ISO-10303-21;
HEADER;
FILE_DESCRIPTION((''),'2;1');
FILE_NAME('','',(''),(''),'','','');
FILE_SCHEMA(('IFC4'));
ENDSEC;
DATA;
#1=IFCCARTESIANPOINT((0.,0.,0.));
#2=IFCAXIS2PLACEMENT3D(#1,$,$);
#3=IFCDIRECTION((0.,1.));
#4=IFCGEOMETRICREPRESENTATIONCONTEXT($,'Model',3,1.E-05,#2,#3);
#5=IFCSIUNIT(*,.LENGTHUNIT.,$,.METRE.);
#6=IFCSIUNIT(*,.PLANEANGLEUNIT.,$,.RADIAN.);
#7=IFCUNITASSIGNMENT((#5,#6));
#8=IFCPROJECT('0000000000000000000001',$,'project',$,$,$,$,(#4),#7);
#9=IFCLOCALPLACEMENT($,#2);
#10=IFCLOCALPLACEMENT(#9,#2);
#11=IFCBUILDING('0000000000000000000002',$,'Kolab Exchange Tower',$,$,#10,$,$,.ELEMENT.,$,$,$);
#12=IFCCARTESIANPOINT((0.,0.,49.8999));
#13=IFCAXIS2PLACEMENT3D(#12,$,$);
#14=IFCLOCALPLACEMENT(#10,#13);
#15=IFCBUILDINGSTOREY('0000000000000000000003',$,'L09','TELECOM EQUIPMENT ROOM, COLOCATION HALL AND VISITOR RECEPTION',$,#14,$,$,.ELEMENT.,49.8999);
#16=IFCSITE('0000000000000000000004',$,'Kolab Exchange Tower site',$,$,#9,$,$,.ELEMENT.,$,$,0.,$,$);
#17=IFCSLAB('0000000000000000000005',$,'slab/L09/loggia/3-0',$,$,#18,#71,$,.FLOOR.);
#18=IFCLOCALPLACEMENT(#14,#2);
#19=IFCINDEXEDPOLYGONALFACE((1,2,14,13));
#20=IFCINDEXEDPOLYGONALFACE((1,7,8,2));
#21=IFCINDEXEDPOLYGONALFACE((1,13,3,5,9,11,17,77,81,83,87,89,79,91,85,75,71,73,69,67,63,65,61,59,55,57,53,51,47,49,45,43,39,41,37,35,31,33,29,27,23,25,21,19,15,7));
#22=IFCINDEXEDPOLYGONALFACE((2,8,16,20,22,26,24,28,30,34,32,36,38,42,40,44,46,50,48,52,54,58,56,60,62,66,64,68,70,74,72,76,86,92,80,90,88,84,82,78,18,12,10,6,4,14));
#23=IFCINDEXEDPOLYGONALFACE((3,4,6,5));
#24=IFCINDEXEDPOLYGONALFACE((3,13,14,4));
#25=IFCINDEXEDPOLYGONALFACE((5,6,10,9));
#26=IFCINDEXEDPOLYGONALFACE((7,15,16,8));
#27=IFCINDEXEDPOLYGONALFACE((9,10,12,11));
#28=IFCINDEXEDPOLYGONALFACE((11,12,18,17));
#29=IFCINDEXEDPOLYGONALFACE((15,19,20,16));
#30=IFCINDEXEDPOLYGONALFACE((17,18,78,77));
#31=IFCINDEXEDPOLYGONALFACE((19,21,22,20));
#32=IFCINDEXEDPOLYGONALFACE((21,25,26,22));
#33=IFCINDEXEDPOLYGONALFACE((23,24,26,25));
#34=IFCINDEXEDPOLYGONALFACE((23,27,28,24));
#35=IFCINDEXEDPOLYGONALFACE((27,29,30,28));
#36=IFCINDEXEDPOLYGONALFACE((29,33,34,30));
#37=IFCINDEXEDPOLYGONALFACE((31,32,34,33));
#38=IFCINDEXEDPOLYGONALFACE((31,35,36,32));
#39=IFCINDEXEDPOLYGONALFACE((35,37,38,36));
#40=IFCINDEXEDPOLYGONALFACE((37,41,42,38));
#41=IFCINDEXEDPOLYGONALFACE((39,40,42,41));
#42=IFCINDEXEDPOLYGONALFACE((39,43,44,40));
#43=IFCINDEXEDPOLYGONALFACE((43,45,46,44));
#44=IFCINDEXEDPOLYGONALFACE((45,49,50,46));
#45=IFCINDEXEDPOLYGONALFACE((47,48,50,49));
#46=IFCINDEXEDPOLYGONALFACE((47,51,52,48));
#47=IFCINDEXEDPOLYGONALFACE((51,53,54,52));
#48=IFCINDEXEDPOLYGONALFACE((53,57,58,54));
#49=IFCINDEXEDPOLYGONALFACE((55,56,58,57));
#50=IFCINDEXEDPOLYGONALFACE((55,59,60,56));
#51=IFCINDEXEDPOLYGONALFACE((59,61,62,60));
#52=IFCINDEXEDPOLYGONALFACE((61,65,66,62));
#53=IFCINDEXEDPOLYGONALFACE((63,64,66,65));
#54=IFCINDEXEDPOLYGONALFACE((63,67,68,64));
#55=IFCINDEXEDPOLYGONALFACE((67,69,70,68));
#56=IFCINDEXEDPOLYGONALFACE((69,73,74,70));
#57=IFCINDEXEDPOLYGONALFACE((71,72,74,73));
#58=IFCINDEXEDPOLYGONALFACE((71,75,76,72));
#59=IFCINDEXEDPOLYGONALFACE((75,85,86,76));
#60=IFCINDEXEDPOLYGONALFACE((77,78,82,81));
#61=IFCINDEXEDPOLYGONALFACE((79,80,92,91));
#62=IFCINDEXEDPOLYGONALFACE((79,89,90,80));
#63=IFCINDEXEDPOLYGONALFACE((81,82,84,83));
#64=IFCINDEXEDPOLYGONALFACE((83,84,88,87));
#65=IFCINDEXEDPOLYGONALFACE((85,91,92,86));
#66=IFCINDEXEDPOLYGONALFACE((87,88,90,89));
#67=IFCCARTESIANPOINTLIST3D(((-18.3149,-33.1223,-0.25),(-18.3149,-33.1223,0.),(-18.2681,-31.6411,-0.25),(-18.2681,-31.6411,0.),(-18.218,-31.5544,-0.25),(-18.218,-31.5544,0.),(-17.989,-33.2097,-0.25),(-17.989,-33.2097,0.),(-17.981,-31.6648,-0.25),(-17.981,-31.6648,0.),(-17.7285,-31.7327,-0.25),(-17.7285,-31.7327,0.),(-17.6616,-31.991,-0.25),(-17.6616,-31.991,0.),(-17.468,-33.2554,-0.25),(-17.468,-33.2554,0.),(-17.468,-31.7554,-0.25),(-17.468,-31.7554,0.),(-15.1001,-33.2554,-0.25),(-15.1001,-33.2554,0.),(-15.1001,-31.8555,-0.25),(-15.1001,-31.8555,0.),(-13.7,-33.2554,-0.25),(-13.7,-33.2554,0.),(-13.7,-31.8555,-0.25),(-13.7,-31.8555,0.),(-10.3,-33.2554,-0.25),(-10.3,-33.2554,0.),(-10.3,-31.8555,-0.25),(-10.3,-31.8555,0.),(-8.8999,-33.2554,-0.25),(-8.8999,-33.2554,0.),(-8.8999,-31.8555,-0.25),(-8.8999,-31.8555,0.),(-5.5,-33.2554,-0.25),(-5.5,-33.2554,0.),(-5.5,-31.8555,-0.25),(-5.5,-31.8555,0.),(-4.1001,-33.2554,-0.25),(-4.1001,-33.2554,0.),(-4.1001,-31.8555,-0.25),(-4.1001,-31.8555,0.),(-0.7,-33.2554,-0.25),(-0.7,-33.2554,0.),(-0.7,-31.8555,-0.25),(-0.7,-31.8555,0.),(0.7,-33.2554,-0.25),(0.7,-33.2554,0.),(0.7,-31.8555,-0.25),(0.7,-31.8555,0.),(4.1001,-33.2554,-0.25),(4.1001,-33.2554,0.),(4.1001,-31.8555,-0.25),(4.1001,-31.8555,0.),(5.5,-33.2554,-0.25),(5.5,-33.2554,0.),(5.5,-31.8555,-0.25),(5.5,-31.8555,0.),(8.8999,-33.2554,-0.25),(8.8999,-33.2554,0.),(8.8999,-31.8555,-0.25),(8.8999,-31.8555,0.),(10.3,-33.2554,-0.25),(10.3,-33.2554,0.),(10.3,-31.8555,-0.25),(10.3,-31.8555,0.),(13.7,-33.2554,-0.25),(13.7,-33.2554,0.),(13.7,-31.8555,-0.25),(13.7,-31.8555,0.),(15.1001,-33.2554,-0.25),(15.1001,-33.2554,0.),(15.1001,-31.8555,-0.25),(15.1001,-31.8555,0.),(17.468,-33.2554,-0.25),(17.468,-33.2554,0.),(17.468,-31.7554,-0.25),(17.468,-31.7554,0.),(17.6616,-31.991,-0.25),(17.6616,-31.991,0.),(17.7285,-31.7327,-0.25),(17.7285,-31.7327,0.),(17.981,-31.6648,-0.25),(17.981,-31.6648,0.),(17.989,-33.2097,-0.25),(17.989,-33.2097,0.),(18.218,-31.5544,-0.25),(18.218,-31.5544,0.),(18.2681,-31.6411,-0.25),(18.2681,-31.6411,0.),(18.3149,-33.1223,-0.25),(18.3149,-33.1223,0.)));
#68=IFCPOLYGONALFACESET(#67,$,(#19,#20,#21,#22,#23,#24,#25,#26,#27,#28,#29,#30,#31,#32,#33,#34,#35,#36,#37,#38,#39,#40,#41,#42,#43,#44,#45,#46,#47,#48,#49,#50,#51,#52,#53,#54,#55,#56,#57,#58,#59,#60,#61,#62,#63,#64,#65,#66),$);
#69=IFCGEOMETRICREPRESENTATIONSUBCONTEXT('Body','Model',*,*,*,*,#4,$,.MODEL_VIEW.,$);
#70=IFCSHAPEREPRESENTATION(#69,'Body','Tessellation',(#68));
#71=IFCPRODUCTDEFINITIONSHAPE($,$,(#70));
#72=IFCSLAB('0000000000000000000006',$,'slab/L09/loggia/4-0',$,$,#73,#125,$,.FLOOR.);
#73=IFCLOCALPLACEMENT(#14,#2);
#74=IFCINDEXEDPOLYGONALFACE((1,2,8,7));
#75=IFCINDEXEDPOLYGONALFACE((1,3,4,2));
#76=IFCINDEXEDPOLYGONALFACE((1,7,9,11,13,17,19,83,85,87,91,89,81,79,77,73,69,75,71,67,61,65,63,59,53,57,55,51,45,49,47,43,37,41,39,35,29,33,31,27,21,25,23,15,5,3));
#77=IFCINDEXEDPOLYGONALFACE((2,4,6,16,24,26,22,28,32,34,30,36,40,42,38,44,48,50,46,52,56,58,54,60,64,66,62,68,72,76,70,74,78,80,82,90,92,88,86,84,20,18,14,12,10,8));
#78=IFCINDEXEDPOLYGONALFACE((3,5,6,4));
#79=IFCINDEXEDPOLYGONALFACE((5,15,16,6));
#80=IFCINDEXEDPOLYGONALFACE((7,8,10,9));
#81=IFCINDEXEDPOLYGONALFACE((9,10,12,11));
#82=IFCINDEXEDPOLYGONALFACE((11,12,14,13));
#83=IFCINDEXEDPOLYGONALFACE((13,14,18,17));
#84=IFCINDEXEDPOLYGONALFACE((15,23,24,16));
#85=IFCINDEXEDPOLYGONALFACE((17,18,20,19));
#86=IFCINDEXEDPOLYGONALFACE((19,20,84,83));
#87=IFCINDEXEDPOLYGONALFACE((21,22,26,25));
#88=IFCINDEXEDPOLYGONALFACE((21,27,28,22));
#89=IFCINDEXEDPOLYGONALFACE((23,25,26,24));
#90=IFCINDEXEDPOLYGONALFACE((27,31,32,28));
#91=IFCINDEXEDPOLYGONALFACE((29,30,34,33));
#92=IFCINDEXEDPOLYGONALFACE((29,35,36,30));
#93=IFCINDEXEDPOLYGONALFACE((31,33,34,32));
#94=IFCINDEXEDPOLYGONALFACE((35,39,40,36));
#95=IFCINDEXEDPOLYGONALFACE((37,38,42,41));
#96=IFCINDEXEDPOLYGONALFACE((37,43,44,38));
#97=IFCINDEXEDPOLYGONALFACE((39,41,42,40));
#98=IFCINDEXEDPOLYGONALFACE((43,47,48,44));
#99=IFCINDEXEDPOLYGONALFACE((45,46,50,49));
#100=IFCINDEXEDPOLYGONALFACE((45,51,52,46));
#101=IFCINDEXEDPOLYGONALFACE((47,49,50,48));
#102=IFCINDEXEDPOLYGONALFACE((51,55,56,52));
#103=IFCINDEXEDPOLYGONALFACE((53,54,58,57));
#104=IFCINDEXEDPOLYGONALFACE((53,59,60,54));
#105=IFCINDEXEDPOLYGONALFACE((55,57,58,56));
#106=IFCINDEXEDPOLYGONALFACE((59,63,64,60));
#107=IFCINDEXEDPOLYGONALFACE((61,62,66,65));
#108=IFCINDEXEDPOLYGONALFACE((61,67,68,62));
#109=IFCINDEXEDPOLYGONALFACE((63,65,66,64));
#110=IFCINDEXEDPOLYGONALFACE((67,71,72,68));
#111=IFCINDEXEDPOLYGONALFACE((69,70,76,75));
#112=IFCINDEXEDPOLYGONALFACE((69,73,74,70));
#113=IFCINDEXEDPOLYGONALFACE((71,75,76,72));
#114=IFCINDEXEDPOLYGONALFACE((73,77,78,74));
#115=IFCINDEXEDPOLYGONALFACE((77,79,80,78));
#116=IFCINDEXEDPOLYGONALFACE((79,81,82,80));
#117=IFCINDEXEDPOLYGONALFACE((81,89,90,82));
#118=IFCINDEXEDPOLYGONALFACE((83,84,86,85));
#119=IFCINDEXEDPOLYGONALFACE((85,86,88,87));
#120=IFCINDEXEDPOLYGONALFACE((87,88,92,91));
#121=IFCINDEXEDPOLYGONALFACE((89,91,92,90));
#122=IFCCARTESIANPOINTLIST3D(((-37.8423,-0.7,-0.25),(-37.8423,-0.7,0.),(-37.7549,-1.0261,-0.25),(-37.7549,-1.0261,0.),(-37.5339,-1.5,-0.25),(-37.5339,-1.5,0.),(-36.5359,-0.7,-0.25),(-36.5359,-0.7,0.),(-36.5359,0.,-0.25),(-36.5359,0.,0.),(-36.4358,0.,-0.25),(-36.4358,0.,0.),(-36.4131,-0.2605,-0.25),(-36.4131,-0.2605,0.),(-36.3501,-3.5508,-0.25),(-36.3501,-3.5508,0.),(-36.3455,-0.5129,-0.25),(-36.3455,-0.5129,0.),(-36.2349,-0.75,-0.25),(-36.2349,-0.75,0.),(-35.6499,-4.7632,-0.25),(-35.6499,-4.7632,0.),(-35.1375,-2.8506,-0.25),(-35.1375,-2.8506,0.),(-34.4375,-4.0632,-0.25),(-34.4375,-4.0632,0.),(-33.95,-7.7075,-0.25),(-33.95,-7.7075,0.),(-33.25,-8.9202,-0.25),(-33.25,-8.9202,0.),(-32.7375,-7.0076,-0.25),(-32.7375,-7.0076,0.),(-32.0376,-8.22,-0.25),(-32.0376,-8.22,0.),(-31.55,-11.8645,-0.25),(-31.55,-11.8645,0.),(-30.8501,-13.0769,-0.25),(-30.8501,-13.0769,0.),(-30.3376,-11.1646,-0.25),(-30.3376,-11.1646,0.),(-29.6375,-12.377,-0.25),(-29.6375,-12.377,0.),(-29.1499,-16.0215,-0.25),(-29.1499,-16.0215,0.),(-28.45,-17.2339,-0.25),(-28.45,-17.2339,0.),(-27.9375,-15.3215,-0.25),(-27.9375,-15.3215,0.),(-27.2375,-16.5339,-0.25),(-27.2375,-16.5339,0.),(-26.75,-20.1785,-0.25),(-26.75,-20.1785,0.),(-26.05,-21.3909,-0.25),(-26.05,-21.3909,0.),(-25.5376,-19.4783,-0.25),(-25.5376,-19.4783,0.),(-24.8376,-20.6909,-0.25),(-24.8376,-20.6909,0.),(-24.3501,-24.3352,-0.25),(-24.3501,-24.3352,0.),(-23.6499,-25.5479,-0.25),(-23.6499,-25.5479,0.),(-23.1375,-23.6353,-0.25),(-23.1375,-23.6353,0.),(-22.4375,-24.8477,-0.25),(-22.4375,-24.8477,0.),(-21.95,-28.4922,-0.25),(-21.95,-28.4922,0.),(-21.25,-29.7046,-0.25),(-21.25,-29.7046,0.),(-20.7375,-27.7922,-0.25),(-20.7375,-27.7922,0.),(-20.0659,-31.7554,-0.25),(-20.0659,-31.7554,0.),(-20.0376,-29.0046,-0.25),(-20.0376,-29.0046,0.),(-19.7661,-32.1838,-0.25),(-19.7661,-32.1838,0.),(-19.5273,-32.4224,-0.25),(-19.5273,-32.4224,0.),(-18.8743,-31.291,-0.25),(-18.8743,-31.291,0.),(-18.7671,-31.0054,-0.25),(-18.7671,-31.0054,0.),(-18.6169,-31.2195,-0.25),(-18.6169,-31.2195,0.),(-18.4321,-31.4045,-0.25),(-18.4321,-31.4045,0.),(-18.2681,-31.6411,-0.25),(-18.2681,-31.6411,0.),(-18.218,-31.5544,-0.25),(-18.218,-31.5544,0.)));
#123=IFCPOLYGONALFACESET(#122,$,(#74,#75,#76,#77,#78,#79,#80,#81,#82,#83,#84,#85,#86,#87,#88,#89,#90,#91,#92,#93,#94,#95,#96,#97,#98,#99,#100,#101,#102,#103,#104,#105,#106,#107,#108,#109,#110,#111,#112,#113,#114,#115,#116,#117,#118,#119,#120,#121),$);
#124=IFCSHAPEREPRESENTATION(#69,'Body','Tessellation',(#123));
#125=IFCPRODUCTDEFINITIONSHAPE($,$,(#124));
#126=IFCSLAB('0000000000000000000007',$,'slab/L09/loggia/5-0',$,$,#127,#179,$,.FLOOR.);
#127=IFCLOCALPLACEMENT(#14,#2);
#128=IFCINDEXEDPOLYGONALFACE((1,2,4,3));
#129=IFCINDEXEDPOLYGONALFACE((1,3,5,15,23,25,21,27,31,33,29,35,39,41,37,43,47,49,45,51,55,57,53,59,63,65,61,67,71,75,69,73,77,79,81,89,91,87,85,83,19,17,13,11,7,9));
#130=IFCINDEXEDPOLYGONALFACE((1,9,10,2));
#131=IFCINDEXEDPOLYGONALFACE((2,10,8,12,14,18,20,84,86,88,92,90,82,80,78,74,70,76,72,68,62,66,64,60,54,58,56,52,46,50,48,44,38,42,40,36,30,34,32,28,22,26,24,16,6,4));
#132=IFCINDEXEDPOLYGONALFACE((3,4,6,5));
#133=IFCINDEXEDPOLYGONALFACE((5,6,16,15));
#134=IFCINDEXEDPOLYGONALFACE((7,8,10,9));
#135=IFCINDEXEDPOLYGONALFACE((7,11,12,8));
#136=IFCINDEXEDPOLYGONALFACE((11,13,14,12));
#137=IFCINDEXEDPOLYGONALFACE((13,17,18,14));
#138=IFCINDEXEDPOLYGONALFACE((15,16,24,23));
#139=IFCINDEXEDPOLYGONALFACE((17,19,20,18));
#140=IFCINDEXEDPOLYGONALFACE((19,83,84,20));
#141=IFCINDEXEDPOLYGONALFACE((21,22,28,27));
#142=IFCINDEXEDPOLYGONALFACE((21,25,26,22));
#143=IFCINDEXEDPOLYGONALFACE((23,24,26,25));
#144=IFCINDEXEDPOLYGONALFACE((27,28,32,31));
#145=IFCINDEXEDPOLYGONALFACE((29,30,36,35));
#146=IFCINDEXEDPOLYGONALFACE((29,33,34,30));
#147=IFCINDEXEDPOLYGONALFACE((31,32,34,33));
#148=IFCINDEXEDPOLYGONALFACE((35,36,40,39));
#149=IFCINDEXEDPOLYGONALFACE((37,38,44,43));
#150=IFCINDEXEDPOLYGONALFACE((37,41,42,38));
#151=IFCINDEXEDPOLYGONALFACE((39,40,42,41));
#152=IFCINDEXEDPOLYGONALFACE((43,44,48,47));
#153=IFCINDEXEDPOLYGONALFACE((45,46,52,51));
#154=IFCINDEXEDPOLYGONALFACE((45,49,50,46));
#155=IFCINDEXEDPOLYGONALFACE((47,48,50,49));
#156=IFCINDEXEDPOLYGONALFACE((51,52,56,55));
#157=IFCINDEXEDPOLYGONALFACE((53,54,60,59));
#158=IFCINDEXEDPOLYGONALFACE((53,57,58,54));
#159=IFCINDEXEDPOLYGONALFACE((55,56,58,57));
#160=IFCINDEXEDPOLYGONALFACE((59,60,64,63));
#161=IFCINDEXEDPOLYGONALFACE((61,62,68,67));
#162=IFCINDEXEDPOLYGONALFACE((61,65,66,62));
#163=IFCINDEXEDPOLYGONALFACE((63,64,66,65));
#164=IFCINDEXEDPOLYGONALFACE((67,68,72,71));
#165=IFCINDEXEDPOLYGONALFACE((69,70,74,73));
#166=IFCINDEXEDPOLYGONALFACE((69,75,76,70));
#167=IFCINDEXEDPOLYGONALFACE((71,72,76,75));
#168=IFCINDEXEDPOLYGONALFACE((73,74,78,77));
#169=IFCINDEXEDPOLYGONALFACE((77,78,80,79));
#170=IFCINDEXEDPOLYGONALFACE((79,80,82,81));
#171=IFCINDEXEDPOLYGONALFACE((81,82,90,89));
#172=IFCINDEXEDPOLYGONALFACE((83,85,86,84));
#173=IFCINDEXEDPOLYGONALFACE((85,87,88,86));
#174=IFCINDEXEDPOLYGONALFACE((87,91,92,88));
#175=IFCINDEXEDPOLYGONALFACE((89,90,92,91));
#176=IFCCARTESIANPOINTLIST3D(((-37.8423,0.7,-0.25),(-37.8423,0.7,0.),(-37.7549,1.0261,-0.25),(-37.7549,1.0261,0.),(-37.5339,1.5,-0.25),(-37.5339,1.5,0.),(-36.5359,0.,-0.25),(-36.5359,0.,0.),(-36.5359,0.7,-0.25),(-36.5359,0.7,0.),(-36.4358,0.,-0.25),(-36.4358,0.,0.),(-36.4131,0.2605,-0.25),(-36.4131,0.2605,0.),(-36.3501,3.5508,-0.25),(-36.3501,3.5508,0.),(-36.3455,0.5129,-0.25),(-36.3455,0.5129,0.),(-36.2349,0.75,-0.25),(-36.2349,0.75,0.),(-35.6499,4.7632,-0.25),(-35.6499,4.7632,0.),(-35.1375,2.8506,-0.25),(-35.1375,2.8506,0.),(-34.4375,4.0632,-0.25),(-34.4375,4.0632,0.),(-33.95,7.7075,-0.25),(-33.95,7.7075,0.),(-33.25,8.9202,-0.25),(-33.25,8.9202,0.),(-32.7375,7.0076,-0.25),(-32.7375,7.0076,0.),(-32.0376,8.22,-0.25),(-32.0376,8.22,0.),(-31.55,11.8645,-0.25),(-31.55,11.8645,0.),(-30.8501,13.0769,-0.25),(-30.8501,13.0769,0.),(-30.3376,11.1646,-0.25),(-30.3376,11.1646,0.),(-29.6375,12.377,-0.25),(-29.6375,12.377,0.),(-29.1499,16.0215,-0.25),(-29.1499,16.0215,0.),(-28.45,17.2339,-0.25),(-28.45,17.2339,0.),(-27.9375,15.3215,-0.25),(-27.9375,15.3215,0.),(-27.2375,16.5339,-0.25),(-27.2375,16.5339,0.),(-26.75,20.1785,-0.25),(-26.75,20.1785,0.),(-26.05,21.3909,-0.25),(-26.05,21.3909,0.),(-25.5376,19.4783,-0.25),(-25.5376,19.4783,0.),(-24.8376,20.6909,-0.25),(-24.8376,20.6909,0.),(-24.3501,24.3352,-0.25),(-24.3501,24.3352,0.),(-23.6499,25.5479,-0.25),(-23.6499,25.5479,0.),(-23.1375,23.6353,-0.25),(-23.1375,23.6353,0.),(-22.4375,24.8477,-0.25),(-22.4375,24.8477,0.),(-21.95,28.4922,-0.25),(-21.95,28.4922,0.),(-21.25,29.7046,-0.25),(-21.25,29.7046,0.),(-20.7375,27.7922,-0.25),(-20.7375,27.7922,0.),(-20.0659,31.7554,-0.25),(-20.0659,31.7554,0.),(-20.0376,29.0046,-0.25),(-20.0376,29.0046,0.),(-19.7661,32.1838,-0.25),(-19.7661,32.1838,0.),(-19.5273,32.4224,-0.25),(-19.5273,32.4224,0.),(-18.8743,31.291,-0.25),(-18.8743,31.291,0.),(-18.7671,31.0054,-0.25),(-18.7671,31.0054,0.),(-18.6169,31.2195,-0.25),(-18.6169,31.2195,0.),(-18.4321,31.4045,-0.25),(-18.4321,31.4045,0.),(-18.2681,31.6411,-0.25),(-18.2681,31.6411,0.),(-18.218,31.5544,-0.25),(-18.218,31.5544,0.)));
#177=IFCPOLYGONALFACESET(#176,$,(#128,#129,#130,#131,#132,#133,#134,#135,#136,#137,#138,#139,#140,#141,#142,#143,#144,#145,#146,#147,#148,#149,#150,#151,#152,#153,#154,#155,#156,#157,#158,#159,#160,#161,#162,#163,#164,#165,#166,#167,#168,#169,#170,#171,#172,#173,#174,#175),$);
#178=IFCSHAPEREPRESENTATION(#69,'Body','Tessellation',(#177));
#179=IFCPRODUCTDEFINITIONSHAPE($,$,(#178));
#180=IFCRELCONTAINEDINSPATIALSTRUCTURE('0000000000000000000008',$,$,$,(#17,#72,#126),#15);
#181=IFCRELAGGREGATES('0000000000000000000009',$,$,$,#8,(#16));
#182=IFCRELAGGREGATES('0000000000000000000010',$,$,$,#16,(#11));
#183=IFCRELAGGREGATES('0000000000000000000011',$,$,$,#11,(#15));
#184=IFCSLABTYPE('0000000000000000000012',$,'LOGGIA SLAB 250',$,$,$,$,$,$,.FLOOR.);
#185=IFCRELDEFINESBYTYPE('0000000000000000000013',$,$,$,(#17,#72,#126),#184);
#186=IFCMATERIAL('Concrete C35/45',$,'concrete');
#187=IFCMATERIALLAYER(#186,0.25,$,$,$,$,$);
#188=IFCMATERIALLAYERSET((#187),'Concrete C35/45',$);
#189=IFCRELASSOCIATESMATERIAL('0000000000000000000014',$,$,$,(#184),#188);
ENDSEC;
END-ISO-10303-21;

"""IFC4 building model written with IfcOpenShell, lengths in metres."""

from ifc_helpers import new_model, si_unit, direction, frame, origin, place, context, subcontext, project, spatial, polyline, outline, extrude, material, layer, layer_set, type_object, element, save


model = new_model("IFC4")

# Units and contexts
model_context = context("Model", 3, precision=1e-05, world=origin(), true_north=direction((0.0, 1.0)))
body_context = subcontext(model_context, "Body", "Model", "MODEL_VIEW")
ifc_project = project(units=[si_unit("LENGTHUNIT", "METRE"), si_unit("PLANEANGLEUNIT", "RADIAN")], contexts=[model_context])

# Site, building, storey
site_placement = place(None, origin())
site = spatial("IfcSite", under=ifc_project, at=site_placement, Name="Kolab Exchange Tower site", CompositionType="ELEMENT", RefElevation=0.0)
building_placement = place(site_placement, origin())
building = spatial("IfcBuilding", under=site, at=building_placement, Name="Kolab Exchange Tower", CompositionType="ELEMENT")
storey_placement = place(building_placement, frame((0.0, 0.0, 49.8999)))
storey = spatial("IfcBuildingStorey", under=building, at=storey_placement, Name="L09", Description="TELECOM EQUIPMENT ROOM, COLOCATION HALL AND VISITOR RECEPTION", CompositionType="ELEMENT", Elevation=49.8999)

# Slabs
ifc_material = material(Name="Concrete C35/45", Category="concrete")
ifc_layer_1 = layer(ifc_material, 0.25)
ifc_layer_set_1 = layer_set([ifc_layer_1], Name="Concrete C35/45")
slab_type_1 = type_object("IfcSlabType", Name="LOGGIA SLAB 250", PredefinedType="FLOOR", material=ifc_layer_set_1)
slab_1_placement = place(storey_placement, frame((0.0, 0.0, -0.25)))
element("IfcSlab", 1, at=slab_1_placement, inside=storey, type_object=slab_type_1, Name="slab/L09/loggia/3-0", PredefinedType="FLOOR", context=body_context, shape_type="SweptSolid", body=[
    extrude(outline(polyline([(-18.218, -31.5544), (-18.2681, -31.6411), (-17.6616, -31.991), (-18.3149, -33.1223), (-17.989, -33.2097), (-17.468, -33.2554), (-15.1001, -33.2554), (-15.1001, -31.8555), (-13.7, -31.8555), (-13.7, -33.2554), (-10.3, -33.2554), (-10.3, -31.8555), (-8.8999, -31.8555), (-8.8999, -33.2554), (-5.5, -33.2554), (-5.5, -31.8555), (-4.1001, -31.8555), (-4.1001, -33.2554), (-0.7, -33.2554), (-0.7, -31.8555), (0.7, -31.8555), (0.7, -33.2554), (4.1001, -33.2554), (4.1001, -31.8555), (5.5, -31.8555), (5.5, -33.2554), (8.8999, -33.2554), (8.8999, -31.8555), (10.3, -31.8555), (10.3, -33.2554), (13.7, -33.2554), (13.7, -31.8555), (15.1001, -31.8555), (15.1001, -33.2554), (17.468, -33.2554), (17.989, -33.2097), (18.3149, -33.1223), (17.6616, -31.991), (18.2681, -31.6411), (18.218, -31.5544), (17.981, -31.6648), (17.7285, -31.7327), (17.468, -31.7554), (-17.468, -31.7554), (-17.7285, -31.7327), (-17.981, -31.6648), (-18.218, -31.5544)])), origin(), (0.0, 0.0, 1.0), 0.25),
])
slab_2_placement = place(storey_placement, frame((0.0, 0.0, -0.25)))
element("IfcSlab", 2, at=slab_2_placement, inside=storey, type_object=slab_type_1, Name="slab/L09/loggia/4-0", PredefinedType="FLOOR", context=body_context, shape_type="SweptSolid", body=[
    extrude(outline(polyline([(-36.4358, 0.0), (-36.5359, 0.0), (-36.5359, -0.7), (-37.8423, -0.7), (-37.7549, -1.0261), (-37.5339, -1.5), (-36.3501, -3.5508), (-35.1375, -2.8506), (-34.4375, -4.0632), (-35.6499, -4.7632), (-33.95, -7.7075), (-32.7375, -7.0076), (-32.0376, -8.22), (-33.25, -8.9202), (-31.55, -11.8645), (-30.3376, -11.1646), (-29.6375, -12.377), (-30.8501, -13.0769), (-29.1499, -16.0215), (-27.9375, -15.3215), (-27.2375, -16.5339), (-28.45, -17.2339), (-26.75, -20.1785), (-25.5376, -19.4783), (-24.8376, -20.6909), (-26.05, -21.3909), (-24.3501, -24.3352), (-23.1375, -23.6353), (-22.4375, -24.8477), (-23.6499, -25.5479), (-21.95, -28.4922), (-20.7375, -27.7922), (-20.0376, -29.0046), (-21.25, -29.7046), (-20.0659, -31.7554), (-19.7661, -32.1838), (-19.5273, -32.4224), (-18.8743, -31.291), (-18.2681, -31.6411), (-18.218, -31.5544), (-18.4321, -31.4045), (-18.6169, -31.2195), (-18.7671, -31.0054), (-36.2349, -0.75), (-36.3455, -0.5129), (-36.4131, -0.2605), (-36.4358, 0.0)])), origin(), (0.0, 0.0, 1.0), 0.25),
])
slab_3_placement = place(storey_placement, frame((0.0, 0.0, -0.25)))
element("IfcSlab", 3, at=slab_3_placement, inside=storey, type_object=slab_type_1, Name="slab/L09/loggia/5-0", PredefinedType="FLOOR", context=body_context, shape_type="SweptSolid", body=[
    extrude(outline(polyline([(-18.218, 31.5544), (-18.2681, 31.6411), (-18.8743, 31.291), (-19.5273, 32.4224), (-19.7661, 32.1838), (-20.0659, 31.7554), (-21.25, 29.7046), (-20.0376, 29.0046), (-20.7375, 27.7922), (-21.95, 28.4922), (-23.6499, 25.5479), (-22.4375, 24.8477), (-23.1375, 23.6353), (-24.3501, 24.3352), (-26.05, 21.3909), (-24.8376, 20.6909), (-25.5376, 19.4783), (-26.75, 20.1785), (-28.45, 17.2339), (-27.2375, 16.5339), (-27.9375, 15.3215), (-29.1499, 16.0215), (-30.8501, 13.0769), (-29.6375, 12.377), (-30.3376, 11.1646), (-31.55, 11.8645), (-33.25, 8.9202), (-32.0376, 8.22), (-32.7375, 7.0076), (-33.95, 7.7075), (-35.6499, 4.7632), (-34.4375, 4.0632), (-35.1375, 2.8506), (-36.3501, 3.5508), (-37.5339, 1.5), (-37.7549, 1.0261), (-37.8423, 0.7), (-36.5359, 0.7), (-36.5359, 0.0), (-36.4358, 0.0), (-36.4131, 0.2605), (-36.3455, 0.5129), (-36.2349, 0.75), (-18.7671, 31.0054), (-18.6169, 31.2195), (-18.4321, 31.4045), (-18.218, 31.5544)])), origin(), (0.0, 0.0, 1.0), 0.25),
])

save(model, "model.ifc")
